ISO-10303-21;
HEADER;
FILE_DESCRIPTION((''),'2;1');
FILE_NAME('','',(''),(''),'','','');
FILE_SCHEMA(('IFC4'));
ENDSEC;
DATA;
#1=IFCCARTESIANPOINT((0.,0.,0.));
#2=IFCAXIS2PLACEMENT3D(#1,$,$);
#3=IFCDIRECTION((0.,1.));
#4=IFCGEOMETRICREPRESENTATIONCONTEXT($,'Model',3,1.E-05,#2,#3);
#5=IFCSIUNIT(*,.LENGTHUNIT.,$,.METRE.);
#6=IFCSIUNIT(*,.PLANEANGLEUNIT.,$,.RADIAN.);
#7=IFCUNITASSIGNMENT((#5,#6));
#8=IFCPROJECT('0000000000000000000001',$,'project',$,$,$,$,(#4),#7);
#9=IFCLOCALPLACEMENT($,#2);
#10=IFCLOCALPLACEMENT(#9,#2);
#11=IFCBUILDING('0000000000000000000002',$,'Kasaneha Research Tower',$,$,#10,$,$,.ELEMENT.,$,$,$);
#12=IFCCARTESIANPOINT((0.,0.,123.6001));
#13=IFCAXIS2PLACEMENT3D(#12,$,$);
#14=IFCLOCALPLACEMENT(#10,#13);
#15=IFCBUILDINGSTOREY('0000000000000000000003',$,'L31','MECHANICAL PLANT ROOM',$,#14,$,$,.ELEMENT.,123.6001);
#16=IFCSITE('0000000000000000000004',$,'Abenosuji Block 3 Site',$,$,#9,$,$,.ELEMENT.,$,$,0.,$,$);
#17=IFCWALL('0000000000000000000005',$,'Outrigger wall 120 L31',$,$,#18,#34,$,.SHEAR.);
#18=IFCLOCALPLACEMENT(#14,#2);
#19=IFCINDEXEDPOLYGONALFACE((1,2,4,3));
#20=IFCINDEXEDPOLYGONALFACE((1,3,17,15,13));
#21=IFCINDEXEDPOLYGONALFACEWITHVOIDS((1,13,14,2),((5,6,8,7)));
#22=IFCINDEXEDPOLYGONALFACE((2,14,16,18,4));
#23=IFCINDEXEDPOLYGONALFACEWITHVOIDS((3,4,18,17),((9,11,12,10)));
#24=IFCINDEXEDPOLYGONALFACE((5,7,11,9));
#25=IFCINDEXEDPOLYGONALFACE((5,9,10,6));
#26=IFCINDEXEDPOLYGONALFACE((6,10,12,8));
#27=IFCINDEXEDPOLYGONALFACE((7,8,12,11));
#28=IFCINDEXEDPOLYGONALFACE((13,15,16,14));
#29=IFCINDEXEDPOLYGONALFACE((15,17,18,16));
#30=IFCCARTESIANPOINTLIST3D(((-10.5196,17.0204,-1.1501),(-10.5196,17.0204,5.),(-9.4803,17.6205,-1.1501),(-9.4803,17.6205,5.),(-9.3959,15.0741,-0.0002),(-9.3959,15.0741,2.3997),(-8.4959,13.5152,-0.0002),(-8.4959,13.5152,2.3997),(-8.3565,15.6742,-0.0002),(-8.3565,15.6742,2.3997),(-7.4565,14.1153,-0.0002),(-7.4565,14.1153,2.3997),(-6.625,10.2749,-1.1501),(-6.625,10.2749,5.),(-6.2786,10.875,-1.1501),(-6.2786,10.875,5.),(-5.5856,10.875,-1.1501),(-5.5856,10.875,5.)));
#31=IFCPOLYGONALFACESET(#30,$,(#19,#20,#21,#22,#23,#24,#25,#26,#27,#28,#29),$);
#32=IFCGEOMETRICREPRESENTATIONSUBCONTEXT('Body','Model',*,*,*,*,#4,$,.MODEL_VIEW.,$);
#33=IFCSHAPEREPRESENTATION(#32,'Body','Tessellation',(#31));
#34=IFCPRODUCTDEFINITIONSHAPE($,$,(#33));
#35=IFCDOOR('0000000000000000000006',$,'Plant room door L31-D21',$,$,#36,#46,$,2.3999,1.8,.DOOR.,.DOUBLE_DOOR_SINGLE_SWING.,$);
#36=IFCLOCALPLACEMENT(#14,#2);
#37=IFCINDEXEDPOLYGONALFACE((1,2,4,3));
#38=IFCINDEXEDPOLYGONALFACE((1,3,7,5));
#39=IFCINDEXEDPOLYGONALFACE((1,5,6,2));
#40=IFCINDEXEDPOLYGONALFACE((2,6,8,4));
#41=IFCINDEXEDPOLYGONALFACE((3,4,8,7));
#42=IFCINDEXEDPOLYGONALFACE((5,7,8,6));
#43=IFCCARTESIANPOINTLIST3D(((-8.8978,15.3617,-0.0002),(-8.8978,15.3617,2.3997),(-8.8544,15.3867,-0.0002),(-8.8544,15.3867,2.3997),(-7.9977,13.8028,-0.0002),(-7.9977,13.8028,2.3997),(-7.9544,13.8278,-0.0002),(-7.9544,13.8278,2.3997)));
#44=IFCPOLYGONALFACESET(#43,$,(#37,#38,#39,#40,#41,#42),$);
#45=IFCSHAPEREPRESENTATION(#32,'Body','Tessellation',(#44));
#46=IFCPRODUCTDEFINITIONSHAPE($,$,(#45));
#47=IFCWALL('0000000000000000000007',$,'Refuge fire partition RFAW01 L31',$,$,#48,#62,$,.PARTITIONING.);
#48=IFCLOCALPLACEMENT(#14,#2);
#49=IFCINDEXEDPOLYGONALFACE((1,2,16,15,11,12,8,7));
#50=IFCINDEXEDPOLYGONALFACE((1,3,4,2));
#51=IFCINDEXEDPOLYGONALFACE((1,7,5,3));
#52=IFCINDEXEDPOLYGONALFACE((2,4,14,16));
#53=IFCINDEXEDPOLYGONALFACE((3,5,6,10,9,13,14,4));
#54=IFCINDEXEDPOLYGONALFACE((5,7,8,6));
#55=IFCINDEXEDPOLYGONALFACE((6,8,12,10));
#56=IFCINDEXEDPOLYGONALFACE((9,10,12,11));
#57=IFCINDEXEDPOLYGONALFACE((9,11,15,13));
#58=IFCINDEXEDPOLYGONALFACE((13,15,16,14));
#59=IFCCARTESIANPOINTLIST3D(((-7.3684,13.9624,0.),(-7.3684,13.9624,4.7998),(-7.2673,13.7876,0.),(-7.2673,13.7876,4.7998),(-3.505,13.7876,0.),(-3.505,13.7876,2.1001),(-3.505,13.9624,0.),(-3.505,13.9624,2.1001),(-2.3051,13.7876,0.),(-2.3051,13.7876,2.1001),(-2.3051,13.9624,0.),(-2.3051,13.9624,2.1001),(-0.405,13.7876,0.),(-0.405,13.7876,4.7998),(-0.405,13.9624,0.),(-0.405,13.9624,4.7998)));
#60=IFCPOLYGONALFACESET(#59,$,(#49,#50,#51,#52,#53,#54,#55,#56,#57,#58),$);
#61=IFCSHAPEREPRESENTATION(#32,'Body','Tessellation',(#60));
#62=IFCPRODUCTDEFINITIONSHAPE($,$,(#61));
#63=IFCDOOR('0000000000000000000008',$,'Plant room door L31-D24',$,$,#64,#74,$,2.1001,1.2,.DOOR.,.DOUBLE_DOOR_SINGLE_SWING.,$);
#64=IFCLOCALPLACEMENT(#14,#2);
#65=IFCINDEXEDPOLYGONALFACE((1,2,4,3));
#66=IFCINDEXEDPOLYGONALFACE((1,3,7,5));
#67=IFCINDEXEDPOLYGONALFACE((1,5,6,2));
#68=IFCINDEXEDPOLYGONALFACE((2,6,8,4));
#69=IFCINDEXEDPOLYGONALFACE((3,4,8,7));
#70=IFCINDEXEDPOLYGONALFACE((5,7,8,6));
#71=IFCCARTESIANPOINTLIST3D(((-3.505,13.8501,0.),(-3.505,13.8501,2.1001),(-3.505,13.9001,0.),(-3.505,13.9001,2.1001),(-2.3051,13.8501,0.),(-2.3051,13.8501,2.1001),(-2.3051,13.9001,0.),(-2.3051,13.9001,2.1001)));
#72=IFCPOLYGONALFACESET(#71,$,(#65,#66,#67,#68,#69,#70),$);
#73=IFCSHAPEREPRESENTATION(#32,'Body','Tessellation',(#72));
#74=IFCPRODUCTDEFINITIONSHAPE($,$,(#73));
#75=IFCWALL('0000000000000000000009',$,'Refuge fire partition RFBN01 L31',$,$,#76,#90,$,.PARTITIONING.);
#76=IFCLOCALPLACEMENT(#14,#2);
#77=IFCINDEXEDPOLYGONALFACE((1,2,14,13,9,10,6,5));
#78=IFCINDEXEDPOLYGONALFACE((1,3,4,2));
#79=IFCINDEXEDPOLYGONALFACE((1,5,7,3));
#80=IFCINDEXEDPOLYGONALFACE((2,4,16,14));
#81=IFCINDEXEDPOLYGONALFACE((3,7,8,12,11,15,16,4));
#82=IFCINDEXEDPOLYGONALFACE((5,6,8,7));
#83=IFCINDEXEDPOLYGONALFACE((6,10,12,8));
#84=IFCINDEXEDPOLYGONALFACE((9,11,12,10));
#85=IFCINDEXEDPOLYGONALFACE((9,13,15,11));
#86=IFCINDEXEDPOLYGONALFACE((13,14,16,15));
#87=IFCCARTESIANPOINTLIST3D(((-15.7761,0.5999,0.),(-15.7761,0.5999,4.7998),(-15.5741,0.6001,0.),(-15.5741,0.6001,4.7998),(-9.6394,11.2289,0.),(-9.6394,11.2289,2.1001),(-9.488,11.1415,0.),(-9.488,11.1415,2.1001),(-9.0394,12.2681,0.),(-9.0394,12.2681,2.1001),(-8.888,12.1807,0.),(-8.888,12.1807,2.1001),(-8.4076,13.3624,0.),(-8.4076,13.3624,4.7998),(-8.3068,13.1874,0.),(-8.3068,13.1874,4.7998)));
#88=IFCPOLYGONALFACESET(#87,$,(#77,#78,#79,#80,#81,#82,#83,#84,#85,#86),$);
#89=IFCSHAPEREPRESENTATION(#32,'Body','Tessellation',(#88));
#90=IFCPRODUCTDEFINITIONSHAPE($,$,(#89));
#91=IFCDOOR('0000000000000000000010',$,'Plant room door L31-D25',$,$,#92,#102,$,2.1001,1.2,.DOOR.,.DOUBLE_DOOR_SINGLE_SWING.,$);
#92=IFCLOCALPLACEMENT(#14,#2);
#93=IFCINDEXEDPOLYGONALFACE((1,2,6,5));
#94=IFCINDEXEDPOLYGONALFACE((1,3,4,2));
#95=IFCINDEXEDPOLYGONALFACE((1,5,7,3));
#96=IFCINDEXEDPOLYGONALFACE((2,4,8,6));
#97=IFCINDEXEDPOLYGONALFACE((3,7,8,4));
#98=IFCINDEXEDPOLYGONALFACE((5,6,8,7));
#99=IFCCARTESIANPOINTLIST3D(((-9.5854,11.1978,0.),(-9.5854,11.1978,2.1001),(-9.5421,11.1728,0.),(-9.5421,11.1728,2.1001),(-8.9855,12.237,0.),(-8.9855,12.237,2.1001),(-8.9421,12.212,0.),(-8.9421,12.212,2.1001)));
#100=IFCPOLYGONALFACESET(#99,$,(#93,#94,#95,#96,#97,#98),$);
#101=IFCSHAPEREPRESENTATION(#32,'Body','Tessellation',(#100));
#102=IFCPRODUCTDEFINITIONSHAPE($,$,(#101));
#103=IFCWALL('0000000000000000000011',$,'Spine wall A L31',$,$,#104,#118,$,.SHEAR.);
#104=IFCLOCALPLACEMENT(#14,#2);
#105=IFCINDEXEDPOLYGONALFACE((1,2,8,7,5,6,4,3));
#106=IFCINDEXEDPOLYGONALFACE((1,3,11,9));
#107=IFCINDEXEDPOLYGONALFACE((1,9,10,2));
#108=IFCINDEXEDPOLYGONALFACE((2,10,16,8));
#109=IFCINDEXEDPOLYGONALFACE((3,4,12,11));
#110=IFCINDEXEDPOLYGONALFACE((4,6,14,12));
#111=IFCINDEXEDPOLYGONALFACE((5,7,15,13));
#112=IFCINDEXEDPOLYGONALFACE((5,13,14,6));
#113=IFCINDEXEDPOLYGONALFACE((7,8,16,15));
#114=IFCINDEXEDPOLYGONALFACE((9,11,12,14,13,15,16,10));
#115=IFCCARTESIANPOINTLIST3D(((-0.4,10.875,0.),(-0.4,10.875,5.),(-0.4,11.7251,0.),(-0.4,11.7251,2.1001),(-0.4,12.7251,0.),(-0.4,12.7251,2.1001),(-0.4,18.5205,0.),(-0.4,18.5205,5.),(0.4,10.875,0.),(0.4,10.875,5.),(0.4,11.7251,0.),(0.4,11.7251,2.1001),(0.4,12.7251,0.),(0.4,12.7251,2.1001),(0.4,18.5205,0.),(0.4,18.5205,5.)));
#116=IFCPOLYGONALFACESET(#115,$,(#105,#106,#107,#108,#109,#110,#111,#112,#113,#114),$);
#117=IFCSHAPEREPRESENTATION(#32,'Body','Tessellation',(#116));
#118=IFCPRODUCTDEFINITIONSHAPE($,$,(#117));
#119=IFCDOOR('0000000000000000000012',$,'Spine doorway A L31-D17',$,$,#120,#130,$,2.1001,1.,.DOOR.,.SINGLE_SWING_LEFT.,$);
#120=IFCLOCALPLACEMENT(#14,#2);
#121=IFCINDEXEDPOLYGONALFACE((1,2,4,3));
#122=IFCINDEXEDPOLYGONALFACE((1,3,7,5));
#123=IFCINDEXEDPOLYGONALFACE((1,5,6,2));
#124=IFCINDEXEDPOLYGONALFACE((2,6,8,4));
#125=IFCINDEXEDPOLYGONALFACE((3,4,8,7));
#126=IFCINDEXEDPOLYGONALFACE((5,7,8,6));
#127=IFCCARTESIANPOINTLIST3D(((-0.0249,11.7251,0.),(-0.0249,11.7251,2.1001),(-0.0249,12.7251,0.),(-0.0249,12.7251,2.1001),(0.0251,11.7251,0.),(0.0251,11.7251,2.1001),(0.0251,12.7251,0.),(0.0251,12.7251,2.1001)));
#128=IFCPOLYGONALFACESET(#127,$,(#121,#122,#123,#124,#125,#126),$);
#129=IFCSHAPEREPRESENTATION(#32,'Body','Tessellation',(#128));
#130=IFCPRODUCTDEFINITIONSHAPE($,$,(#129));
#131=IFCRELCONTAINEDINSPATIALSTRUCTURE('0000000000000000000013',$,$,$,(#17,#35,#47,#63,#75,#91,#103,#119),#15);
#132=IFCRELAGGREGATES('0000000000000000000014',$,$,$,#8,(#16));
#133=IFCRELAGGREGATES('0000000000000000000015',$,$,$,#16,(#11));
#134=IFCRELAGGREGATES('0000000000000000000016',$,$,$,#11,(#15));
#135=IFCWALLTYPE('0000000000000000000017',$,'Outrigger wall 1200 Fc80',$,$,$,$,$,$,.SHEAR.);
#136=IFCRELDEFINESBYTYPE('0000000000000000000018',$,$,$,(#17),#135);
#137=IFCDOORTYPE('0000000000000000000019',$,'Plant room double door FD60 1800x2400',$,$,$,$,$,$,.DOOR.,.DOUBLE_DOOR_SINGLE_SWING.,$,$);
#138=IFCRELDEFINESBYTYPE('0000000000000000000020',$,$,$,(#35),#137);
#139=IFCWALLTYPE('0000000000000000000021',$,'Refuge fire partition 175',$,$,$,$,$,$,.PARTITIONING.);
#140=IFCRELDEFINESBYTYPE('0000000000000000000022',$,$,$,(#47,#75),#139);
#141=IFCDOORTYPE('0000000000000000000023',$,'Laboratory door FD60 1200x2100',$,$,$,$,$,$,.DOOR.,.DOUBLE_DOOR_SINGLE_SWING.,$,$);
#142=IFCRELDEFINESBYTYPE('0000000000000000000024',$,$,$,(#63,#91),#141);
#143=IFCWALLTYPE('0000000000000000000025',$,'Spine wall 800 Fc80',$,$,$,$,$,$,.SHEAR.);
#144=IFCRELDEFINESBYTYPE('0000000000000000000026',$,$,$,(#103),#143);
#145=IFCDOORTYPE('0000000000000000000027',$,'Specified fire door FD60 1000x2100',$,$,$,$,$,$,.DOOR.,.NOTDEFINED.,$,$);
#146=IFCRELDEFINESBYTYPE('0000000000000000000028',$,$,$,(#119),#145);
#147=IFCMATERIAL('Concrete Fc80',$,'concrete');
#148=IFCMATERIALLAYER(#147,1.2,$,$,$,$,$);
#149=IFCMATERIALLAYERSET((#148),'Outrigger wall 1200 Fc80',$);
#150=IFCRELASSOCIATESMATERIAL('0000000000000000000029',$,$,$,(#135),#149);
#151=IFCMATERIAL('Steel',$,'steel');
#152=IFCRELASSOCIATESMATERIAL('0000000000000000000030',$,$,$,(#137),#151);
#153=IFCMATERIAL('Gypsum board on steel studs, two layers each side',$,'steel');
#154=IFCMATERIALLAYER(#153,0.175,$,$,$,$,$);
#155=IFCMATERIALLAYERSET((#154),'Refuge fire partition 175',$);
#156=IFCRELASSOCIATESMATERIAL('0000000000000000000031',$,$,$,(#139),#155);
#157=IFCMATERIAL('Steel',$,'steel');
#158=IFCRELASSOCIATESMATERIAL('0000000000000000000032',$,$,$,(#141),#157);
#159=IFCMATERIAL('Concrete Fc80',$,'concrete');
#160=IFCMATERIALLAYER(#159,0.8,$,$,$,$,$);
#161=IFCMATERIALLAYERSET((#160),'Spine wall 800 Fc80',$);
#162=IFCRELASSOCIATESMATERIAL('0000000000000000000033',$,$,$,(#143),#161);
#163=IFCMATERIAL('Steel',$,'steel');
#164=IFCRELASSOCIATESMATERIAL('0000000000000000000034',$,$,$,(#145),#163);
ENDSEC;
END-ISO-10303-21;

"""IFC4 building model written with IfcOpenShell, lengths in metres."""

from ifc_helpers import new_model, si_unit, direction, frame, frame_2d, origin, place, context, subcontext, project, spatial, polyline, rectangle, outline, extrude, material, layer, layer_set, type_object, element, fill, save


model = new_model("IFC4")

# Units and contexts
model_context = context("Model", 3, precision=1e-05, world=origin(), true_north=direction((0.0, 1.0)))
body_context = subcontext(model_context, "Body", "Model", "MODEL_VIEW")
ifc_project = project(units=[si_unit("LENGTHUNIT", "METRE"), si_unit("PLANEANGLEUNIT", "RADIAN")], contexts=[model_context])

# Site, building, storey
site_placement = place(None, origin())
site = spatial("IfcSite", under=ifc_project, at=site_placement, Name="Abenosuji Block 3 Site", CompositionType="ELEMENT", RefElevation=0.0)
building_placement = place(site_placement, origin())
building = spatial("IfcBuilding", under=site, at=building_placement, Name="Kasaneha Research Tower", CompositionType="ELEMENT")
storey_placement = place(building_placement, frame((0.0, 0.0, 123.6001)))
storey = spatial("IfcBuildingStorey", under=building, at=storey_placement, Name="L31", Description="MECHANICAL PLANT ROOM", CompositionType="ELEMENT", Elevation=123.6001)

# Walls, openings, doors
ifc_material_1 = material(Name="Concrete Fc80", Category="concrete")
ifc_layer_1 = layer(ifc_material_1, 1.2)
ifc_layer_set_1 = layer_set([ifc_layer_1], Name="Outrigger wall 1200 Fc80")
wall_type_1 = type_object("IfcWallType", Name="Outrigger wall 1200 Fc80", PredefinedType="SHEAR", material=ifc_layer_set_1)
wall_1_placement = place(storey_placement, frame((-6.2786, 10.875, -1.1501), z_axis=(0.0, 0.0, 1.0), x_axis=(-0.500009, 0.86602, 0.0)))
wall_1 = element("IfcWall", 1, at=wall_1_placement, inside=storey, type_object=wall_type_1, Name="Outrigger wall 120 L31", PredefinedType="SHEAR", context=body_context, shape_type="SweptSolid", body=[
    extrude(outline(polyline([(-0.3464, -0.6001), (3.3953, -0.6001), (5.1953, -0.6001), (7.4426, -0.6001), (7.4426, 0.6001), (5.1953, 0.6001), (3.3953, 0.6001), (-0.3464, 0.6001), (0.0, 0.0), (-0.3464, -0.6001)])), origin(), (0.0, 0.0, 1.0), 6.1501),
])
opening_1_placement = place(wall_1_placement, frame((3.3953, 0.0, 1.1499)))
opening_1 = element("IfcOpeningElement", 2, at=opening_1_placement, cuts=wall_1, PredefinedType="OPENING", context=body_context, shape_type="SweptSolid", body=[
    extrude(rectangle(XDim=1.8, YDim=2.3999, at=frame_2d((0.8999, 1.2))), frame((0.0, 0.6099, 0.0), z_axis=(0.0, -1.0, 0.0), x_axis=(1.0, 0.0, 0.0)), (0.0, 0.0, 1.0), 1.22),
])
ifc_material_2 = material(Name="Steel", Category="steel")
door_type_1 = type_object("IfcDoorType", Name="Plant room double door FD60 1800x2400", OperationType="DOUBLE_DOOR_SINGLE_SWING", PredefinedType="DOOR", material=ifc_material_2)
door_1_placement = place(opening_1_placement, origin())
door_1 = element("IfcDoor", 3, at=door_1_placement, inside=storey, type_object=door_type_1, Name="Plant room door L31-D21", OperationType="DOUBLE_DOOR_SINGLE_SWING", OverallHeight=2.3999, OverallWidth=1.8, PredefinedType="DOOR", context=body_context, shape_type="SweptSolid", body=[
    extrude(rectangle(XDim=1.8, YDim=2.3999, at=frame_2d((0.8999, 1.2))), frame((0.0, 0.0249, 0.0), z_axis=(0.0, -1.0, 0.0), x_axis=(1.0, 0.0, 0.0)), (0.0, 0.0, 1.0), 0.05),
])
fill(opening_1, door_1)
ifc_material_3 = material(Name="Gypsum board on steel studs, two layers each side", Category="steel")
ifc_layer_2 = layer(ifc_material_3, 0.175)
ifc_layer_set_2 = layer_set([ifc_layer_2], Name="Refuge fire partition 175")
wall_type_2 = type_object("IfcWallType", Name="Refuge fire partition 175", PredefinedType="PARTITIONING", material=ifc_layer_set_2)
wall_2_placement = place(storey_placement, frame((-0.405, 13.875, 0.0), z_axis=(0.0, 0.0, 1.0), x_axis=(-1.0, 0.0, 0.0)))
wall_2 = element("IfcWall", 4, at=wall_2_placement, inside=storey, type_object=wall_type_2, Name="Refuge fire partition RFAW01 L31", PredefinedType="PARTITIONING", context=body_context, shape_type="SweptSolid", body=[
    extrude(outline(polyline([(0.0, -0.0874), (1.8999, -0.0874), (3.0999, -0.0874), (6.9634, -0.0874), (6.8623, 0.0874), (3.0999, 0.0874), (1.8999, 0.0874), (0.0, 0.0874), (0.0, -0.0874)])), origin(), (0.0, 0.0, 1.0), 4.7998),
])
opening_2_placement = place(wall_2_placement, frame((1.8999, 0.0, 0.0)))
opening_2 = element("IfcOpeningElement", 5, at=opening_2_placement, cuts=wall_2, PredefinedType="OPENING", context=body_context, shape_type="SweptSolid", body=[
    extrude(rectangle(XDim=1.2, YDim=2.1001, at=frame_2d((0.6001, 1.05))), frame((0.0, 0.0977, 0.0), z_axis=(0.0, -1.0, 0.0), x_axis=(1.0, 0.0, 0.0)), (0.0, 0.0, 1.0), 0.1951),
])
ifc_material_4 = material(Name="Steel", Category="steel")
door_type_2 = type_object("IfcDoorType", Name="Laboratory door FD60 1200x2100", OperationType="DOUBLE_DOOR_SINGLE_SWING", PredefinedType="DOOR", material=ifc_material_4)
door_2_placement = place(opening_2_placement, origin())
door_2 = element("IfcDoor", 6, at=door_2_placement, inside=storey, type_object=door_type_2, Name="Plant room door L31-D24", OperationType="DOUBLE_DOOR_SINGLE_SWING", OverallHeight=2.1001, OverallWidth=1.2, PredefinedType="DOOR", context=body_context, shape_type="SweptSolid", body=[
    extrude(rectangle(XDim=1.2, YDim=2.1001, at=frame_2d((0.6001, 1.05))), frame((0.0, 0.0249, 0.0), z_axis=(0.0, -1.0, 0.0), x_axis=(1.0, 0.0, 0.0)), (0.0, 0.0, 1.0), 0.05),
])
fill(opening_2, door_2)
wall_3_placement = place(storey_placement, frame((-8.3572, 13.2749, 0.0), z_axis=(0.0, 0.0, 1.0), x_axis=(-0.500004, -0.866023, 0.0)))
wall_3 = element("IfcWall", 7, at=wall_3_placement, inside=storey, type_object=wall_type_2, Name="Refuge fire partition RFBN01 L31", PredefinedType="PARTITIONING", context=body_context, shape_type="SweptSolid", body=[
    extrude(outline(polyline([(-0.0505, -0.0874), (1.2129, -0.0874), (2.4128, -0.0874), (14.6863, -0.0874), (14.5852, 0.0874), (2.4128, 0.0874), (1.2129, 0.0874), (0.0505, 0.0874), (-0.0505, -0.0874)])), origin(), (0.0, 0.0, 1.0), 4.7998),
])
opening_3_placement = place(wall_3_placement, frame((1.2129, 0.0, 0.0)))
opening_3 = element("IfcOpeningElement", 8, at=opening_3_placement, cuts=wall_3, PredefinedType="OPENING", context=body_context, shape_type="SweptSolid", body=[
    extrude(rectangle(XDim=1.2, YDim=2.1001, at=frame_2d((0.6001, 1.05))), frame((0.0, 0.0977, 0.0), z_axis=(0.0, -1.0, 0.0), x_axis=(1.0, 0.0, 0.0)), (0.0, 0.0, 1.0), 0.1951),
])
door_3_placement = place(opening_3_placement, origin())
door_3 = element("IfcDoor", 9, at=door_3_placement, inside=storey, type_object=door_type_2, Name="Plant room door L31-D25", OperationType="DOUBLE_DOOR_SINGLE_SWING", OverallHeight=2.1001, OverallWidth=1.2, PredefinedType="DOOR", context=body_context, shape_type="SweptSolid", body=[
    extrude(rectangle(XDim=1.2, YDim=2.1001, at=frame_2d((0.6001, 1.05))), frame((0.0, 0.0249, 0.0), z_axis=(0.0, -1.0, 0.0), x_axis=(1.0, 0.0, 0.0)), (0.0, 0.0, 1.0), 0.05),
])
fill(opening_3, door_3)
ifc_material_5 = material(Name="Concrete Fc80", Category="concrete")
ifc_layer_3 = layer(ifc_material_5, 0.8)
ifc_layer_set_3 = layer_set([ifc_layer_3], Name="Spine wall 800 Fc80")
wall_type_3 = type_object("IfcWallType", Name="Spine wall 800 Fc80", PredefinedType="SHEAR", material=ifc_layer_set_3)
wall_4_placement = place(storey_placement, frame((0.0, 10.875, 0.0), z_axis=(0.0, 0.0, 1.0), x_axis=(0.0, 1.0, 0.0)))
wall_4 = element("IfcWall", 10, at=wall_4_placement, inside=storey, type_object=wall_type_3, Name="Spine wall A L31", PredefinedType="SHEAR", context=body_context, shape_type="SweptSolid", body=[
    extrude(rectangle(XDim=7.6455, YDim=0.8, at=frame_2d((3.8228, 0.0))), origin(), (0.0, 0.0, 1.0), 5.0),
])
opening_4_placement = place(wall_4_placement, frame((0.8501, 0.0, 0.0)))
opening_4 = element("IfcOpeningElement", 11, at=opening_4_placement, cuts=wall_4, PredefinedType="OPENING", context=body_context, shape_type="SweptSolid", body=[
    extrude(rectangle(XDim=1.0, YDim=2.1001, at=frame_2d((0.5, 1.05))), frame((0.0, 0.4102, 0.0), z_axis=(0.0, -1.0, 0.0), x_axis=(1.0, 0.0, 0.0)), (0.0, 0.0, 1.0), 0.8201),
])
ifc_material_6 = material(Name="Steel", Category="steel")
door_type_3 = type_object("IfcDoorType", Name="Specified fire door FD60 1000x2100", OperationType="NOTDEFINED", PredefinedType="DOOR", material=ifc_material_6)
door_4_placement = place(opening_4_placement, origin())
door_4 = element("IfcDoor", 12, at=door_4_placement, inside=storey, type_object=door_type_3, Name="Spine doorway A L31-D17", OperationType="SINGLE_SWING_LEFT", OverallHeight=2.1001, OverallWidth=1.0, PredefinedType="DOOR", context=body_context, shape_type="SweptSolid", body=[
    extrude(rectangle(XDim=1.0, YDim=2.1001, at=frame_2d((0.5, 1.05))), frame((0.0, 0.0249, 0.0), z_axis=(0.0, -1.0, 0.0), x_axis=(1.0, 0.0, 0.0)), (0.0, 0.0, 1.0), 0.05),
])
fill(opening_4, door_4)

save(model, "model.ifc")
